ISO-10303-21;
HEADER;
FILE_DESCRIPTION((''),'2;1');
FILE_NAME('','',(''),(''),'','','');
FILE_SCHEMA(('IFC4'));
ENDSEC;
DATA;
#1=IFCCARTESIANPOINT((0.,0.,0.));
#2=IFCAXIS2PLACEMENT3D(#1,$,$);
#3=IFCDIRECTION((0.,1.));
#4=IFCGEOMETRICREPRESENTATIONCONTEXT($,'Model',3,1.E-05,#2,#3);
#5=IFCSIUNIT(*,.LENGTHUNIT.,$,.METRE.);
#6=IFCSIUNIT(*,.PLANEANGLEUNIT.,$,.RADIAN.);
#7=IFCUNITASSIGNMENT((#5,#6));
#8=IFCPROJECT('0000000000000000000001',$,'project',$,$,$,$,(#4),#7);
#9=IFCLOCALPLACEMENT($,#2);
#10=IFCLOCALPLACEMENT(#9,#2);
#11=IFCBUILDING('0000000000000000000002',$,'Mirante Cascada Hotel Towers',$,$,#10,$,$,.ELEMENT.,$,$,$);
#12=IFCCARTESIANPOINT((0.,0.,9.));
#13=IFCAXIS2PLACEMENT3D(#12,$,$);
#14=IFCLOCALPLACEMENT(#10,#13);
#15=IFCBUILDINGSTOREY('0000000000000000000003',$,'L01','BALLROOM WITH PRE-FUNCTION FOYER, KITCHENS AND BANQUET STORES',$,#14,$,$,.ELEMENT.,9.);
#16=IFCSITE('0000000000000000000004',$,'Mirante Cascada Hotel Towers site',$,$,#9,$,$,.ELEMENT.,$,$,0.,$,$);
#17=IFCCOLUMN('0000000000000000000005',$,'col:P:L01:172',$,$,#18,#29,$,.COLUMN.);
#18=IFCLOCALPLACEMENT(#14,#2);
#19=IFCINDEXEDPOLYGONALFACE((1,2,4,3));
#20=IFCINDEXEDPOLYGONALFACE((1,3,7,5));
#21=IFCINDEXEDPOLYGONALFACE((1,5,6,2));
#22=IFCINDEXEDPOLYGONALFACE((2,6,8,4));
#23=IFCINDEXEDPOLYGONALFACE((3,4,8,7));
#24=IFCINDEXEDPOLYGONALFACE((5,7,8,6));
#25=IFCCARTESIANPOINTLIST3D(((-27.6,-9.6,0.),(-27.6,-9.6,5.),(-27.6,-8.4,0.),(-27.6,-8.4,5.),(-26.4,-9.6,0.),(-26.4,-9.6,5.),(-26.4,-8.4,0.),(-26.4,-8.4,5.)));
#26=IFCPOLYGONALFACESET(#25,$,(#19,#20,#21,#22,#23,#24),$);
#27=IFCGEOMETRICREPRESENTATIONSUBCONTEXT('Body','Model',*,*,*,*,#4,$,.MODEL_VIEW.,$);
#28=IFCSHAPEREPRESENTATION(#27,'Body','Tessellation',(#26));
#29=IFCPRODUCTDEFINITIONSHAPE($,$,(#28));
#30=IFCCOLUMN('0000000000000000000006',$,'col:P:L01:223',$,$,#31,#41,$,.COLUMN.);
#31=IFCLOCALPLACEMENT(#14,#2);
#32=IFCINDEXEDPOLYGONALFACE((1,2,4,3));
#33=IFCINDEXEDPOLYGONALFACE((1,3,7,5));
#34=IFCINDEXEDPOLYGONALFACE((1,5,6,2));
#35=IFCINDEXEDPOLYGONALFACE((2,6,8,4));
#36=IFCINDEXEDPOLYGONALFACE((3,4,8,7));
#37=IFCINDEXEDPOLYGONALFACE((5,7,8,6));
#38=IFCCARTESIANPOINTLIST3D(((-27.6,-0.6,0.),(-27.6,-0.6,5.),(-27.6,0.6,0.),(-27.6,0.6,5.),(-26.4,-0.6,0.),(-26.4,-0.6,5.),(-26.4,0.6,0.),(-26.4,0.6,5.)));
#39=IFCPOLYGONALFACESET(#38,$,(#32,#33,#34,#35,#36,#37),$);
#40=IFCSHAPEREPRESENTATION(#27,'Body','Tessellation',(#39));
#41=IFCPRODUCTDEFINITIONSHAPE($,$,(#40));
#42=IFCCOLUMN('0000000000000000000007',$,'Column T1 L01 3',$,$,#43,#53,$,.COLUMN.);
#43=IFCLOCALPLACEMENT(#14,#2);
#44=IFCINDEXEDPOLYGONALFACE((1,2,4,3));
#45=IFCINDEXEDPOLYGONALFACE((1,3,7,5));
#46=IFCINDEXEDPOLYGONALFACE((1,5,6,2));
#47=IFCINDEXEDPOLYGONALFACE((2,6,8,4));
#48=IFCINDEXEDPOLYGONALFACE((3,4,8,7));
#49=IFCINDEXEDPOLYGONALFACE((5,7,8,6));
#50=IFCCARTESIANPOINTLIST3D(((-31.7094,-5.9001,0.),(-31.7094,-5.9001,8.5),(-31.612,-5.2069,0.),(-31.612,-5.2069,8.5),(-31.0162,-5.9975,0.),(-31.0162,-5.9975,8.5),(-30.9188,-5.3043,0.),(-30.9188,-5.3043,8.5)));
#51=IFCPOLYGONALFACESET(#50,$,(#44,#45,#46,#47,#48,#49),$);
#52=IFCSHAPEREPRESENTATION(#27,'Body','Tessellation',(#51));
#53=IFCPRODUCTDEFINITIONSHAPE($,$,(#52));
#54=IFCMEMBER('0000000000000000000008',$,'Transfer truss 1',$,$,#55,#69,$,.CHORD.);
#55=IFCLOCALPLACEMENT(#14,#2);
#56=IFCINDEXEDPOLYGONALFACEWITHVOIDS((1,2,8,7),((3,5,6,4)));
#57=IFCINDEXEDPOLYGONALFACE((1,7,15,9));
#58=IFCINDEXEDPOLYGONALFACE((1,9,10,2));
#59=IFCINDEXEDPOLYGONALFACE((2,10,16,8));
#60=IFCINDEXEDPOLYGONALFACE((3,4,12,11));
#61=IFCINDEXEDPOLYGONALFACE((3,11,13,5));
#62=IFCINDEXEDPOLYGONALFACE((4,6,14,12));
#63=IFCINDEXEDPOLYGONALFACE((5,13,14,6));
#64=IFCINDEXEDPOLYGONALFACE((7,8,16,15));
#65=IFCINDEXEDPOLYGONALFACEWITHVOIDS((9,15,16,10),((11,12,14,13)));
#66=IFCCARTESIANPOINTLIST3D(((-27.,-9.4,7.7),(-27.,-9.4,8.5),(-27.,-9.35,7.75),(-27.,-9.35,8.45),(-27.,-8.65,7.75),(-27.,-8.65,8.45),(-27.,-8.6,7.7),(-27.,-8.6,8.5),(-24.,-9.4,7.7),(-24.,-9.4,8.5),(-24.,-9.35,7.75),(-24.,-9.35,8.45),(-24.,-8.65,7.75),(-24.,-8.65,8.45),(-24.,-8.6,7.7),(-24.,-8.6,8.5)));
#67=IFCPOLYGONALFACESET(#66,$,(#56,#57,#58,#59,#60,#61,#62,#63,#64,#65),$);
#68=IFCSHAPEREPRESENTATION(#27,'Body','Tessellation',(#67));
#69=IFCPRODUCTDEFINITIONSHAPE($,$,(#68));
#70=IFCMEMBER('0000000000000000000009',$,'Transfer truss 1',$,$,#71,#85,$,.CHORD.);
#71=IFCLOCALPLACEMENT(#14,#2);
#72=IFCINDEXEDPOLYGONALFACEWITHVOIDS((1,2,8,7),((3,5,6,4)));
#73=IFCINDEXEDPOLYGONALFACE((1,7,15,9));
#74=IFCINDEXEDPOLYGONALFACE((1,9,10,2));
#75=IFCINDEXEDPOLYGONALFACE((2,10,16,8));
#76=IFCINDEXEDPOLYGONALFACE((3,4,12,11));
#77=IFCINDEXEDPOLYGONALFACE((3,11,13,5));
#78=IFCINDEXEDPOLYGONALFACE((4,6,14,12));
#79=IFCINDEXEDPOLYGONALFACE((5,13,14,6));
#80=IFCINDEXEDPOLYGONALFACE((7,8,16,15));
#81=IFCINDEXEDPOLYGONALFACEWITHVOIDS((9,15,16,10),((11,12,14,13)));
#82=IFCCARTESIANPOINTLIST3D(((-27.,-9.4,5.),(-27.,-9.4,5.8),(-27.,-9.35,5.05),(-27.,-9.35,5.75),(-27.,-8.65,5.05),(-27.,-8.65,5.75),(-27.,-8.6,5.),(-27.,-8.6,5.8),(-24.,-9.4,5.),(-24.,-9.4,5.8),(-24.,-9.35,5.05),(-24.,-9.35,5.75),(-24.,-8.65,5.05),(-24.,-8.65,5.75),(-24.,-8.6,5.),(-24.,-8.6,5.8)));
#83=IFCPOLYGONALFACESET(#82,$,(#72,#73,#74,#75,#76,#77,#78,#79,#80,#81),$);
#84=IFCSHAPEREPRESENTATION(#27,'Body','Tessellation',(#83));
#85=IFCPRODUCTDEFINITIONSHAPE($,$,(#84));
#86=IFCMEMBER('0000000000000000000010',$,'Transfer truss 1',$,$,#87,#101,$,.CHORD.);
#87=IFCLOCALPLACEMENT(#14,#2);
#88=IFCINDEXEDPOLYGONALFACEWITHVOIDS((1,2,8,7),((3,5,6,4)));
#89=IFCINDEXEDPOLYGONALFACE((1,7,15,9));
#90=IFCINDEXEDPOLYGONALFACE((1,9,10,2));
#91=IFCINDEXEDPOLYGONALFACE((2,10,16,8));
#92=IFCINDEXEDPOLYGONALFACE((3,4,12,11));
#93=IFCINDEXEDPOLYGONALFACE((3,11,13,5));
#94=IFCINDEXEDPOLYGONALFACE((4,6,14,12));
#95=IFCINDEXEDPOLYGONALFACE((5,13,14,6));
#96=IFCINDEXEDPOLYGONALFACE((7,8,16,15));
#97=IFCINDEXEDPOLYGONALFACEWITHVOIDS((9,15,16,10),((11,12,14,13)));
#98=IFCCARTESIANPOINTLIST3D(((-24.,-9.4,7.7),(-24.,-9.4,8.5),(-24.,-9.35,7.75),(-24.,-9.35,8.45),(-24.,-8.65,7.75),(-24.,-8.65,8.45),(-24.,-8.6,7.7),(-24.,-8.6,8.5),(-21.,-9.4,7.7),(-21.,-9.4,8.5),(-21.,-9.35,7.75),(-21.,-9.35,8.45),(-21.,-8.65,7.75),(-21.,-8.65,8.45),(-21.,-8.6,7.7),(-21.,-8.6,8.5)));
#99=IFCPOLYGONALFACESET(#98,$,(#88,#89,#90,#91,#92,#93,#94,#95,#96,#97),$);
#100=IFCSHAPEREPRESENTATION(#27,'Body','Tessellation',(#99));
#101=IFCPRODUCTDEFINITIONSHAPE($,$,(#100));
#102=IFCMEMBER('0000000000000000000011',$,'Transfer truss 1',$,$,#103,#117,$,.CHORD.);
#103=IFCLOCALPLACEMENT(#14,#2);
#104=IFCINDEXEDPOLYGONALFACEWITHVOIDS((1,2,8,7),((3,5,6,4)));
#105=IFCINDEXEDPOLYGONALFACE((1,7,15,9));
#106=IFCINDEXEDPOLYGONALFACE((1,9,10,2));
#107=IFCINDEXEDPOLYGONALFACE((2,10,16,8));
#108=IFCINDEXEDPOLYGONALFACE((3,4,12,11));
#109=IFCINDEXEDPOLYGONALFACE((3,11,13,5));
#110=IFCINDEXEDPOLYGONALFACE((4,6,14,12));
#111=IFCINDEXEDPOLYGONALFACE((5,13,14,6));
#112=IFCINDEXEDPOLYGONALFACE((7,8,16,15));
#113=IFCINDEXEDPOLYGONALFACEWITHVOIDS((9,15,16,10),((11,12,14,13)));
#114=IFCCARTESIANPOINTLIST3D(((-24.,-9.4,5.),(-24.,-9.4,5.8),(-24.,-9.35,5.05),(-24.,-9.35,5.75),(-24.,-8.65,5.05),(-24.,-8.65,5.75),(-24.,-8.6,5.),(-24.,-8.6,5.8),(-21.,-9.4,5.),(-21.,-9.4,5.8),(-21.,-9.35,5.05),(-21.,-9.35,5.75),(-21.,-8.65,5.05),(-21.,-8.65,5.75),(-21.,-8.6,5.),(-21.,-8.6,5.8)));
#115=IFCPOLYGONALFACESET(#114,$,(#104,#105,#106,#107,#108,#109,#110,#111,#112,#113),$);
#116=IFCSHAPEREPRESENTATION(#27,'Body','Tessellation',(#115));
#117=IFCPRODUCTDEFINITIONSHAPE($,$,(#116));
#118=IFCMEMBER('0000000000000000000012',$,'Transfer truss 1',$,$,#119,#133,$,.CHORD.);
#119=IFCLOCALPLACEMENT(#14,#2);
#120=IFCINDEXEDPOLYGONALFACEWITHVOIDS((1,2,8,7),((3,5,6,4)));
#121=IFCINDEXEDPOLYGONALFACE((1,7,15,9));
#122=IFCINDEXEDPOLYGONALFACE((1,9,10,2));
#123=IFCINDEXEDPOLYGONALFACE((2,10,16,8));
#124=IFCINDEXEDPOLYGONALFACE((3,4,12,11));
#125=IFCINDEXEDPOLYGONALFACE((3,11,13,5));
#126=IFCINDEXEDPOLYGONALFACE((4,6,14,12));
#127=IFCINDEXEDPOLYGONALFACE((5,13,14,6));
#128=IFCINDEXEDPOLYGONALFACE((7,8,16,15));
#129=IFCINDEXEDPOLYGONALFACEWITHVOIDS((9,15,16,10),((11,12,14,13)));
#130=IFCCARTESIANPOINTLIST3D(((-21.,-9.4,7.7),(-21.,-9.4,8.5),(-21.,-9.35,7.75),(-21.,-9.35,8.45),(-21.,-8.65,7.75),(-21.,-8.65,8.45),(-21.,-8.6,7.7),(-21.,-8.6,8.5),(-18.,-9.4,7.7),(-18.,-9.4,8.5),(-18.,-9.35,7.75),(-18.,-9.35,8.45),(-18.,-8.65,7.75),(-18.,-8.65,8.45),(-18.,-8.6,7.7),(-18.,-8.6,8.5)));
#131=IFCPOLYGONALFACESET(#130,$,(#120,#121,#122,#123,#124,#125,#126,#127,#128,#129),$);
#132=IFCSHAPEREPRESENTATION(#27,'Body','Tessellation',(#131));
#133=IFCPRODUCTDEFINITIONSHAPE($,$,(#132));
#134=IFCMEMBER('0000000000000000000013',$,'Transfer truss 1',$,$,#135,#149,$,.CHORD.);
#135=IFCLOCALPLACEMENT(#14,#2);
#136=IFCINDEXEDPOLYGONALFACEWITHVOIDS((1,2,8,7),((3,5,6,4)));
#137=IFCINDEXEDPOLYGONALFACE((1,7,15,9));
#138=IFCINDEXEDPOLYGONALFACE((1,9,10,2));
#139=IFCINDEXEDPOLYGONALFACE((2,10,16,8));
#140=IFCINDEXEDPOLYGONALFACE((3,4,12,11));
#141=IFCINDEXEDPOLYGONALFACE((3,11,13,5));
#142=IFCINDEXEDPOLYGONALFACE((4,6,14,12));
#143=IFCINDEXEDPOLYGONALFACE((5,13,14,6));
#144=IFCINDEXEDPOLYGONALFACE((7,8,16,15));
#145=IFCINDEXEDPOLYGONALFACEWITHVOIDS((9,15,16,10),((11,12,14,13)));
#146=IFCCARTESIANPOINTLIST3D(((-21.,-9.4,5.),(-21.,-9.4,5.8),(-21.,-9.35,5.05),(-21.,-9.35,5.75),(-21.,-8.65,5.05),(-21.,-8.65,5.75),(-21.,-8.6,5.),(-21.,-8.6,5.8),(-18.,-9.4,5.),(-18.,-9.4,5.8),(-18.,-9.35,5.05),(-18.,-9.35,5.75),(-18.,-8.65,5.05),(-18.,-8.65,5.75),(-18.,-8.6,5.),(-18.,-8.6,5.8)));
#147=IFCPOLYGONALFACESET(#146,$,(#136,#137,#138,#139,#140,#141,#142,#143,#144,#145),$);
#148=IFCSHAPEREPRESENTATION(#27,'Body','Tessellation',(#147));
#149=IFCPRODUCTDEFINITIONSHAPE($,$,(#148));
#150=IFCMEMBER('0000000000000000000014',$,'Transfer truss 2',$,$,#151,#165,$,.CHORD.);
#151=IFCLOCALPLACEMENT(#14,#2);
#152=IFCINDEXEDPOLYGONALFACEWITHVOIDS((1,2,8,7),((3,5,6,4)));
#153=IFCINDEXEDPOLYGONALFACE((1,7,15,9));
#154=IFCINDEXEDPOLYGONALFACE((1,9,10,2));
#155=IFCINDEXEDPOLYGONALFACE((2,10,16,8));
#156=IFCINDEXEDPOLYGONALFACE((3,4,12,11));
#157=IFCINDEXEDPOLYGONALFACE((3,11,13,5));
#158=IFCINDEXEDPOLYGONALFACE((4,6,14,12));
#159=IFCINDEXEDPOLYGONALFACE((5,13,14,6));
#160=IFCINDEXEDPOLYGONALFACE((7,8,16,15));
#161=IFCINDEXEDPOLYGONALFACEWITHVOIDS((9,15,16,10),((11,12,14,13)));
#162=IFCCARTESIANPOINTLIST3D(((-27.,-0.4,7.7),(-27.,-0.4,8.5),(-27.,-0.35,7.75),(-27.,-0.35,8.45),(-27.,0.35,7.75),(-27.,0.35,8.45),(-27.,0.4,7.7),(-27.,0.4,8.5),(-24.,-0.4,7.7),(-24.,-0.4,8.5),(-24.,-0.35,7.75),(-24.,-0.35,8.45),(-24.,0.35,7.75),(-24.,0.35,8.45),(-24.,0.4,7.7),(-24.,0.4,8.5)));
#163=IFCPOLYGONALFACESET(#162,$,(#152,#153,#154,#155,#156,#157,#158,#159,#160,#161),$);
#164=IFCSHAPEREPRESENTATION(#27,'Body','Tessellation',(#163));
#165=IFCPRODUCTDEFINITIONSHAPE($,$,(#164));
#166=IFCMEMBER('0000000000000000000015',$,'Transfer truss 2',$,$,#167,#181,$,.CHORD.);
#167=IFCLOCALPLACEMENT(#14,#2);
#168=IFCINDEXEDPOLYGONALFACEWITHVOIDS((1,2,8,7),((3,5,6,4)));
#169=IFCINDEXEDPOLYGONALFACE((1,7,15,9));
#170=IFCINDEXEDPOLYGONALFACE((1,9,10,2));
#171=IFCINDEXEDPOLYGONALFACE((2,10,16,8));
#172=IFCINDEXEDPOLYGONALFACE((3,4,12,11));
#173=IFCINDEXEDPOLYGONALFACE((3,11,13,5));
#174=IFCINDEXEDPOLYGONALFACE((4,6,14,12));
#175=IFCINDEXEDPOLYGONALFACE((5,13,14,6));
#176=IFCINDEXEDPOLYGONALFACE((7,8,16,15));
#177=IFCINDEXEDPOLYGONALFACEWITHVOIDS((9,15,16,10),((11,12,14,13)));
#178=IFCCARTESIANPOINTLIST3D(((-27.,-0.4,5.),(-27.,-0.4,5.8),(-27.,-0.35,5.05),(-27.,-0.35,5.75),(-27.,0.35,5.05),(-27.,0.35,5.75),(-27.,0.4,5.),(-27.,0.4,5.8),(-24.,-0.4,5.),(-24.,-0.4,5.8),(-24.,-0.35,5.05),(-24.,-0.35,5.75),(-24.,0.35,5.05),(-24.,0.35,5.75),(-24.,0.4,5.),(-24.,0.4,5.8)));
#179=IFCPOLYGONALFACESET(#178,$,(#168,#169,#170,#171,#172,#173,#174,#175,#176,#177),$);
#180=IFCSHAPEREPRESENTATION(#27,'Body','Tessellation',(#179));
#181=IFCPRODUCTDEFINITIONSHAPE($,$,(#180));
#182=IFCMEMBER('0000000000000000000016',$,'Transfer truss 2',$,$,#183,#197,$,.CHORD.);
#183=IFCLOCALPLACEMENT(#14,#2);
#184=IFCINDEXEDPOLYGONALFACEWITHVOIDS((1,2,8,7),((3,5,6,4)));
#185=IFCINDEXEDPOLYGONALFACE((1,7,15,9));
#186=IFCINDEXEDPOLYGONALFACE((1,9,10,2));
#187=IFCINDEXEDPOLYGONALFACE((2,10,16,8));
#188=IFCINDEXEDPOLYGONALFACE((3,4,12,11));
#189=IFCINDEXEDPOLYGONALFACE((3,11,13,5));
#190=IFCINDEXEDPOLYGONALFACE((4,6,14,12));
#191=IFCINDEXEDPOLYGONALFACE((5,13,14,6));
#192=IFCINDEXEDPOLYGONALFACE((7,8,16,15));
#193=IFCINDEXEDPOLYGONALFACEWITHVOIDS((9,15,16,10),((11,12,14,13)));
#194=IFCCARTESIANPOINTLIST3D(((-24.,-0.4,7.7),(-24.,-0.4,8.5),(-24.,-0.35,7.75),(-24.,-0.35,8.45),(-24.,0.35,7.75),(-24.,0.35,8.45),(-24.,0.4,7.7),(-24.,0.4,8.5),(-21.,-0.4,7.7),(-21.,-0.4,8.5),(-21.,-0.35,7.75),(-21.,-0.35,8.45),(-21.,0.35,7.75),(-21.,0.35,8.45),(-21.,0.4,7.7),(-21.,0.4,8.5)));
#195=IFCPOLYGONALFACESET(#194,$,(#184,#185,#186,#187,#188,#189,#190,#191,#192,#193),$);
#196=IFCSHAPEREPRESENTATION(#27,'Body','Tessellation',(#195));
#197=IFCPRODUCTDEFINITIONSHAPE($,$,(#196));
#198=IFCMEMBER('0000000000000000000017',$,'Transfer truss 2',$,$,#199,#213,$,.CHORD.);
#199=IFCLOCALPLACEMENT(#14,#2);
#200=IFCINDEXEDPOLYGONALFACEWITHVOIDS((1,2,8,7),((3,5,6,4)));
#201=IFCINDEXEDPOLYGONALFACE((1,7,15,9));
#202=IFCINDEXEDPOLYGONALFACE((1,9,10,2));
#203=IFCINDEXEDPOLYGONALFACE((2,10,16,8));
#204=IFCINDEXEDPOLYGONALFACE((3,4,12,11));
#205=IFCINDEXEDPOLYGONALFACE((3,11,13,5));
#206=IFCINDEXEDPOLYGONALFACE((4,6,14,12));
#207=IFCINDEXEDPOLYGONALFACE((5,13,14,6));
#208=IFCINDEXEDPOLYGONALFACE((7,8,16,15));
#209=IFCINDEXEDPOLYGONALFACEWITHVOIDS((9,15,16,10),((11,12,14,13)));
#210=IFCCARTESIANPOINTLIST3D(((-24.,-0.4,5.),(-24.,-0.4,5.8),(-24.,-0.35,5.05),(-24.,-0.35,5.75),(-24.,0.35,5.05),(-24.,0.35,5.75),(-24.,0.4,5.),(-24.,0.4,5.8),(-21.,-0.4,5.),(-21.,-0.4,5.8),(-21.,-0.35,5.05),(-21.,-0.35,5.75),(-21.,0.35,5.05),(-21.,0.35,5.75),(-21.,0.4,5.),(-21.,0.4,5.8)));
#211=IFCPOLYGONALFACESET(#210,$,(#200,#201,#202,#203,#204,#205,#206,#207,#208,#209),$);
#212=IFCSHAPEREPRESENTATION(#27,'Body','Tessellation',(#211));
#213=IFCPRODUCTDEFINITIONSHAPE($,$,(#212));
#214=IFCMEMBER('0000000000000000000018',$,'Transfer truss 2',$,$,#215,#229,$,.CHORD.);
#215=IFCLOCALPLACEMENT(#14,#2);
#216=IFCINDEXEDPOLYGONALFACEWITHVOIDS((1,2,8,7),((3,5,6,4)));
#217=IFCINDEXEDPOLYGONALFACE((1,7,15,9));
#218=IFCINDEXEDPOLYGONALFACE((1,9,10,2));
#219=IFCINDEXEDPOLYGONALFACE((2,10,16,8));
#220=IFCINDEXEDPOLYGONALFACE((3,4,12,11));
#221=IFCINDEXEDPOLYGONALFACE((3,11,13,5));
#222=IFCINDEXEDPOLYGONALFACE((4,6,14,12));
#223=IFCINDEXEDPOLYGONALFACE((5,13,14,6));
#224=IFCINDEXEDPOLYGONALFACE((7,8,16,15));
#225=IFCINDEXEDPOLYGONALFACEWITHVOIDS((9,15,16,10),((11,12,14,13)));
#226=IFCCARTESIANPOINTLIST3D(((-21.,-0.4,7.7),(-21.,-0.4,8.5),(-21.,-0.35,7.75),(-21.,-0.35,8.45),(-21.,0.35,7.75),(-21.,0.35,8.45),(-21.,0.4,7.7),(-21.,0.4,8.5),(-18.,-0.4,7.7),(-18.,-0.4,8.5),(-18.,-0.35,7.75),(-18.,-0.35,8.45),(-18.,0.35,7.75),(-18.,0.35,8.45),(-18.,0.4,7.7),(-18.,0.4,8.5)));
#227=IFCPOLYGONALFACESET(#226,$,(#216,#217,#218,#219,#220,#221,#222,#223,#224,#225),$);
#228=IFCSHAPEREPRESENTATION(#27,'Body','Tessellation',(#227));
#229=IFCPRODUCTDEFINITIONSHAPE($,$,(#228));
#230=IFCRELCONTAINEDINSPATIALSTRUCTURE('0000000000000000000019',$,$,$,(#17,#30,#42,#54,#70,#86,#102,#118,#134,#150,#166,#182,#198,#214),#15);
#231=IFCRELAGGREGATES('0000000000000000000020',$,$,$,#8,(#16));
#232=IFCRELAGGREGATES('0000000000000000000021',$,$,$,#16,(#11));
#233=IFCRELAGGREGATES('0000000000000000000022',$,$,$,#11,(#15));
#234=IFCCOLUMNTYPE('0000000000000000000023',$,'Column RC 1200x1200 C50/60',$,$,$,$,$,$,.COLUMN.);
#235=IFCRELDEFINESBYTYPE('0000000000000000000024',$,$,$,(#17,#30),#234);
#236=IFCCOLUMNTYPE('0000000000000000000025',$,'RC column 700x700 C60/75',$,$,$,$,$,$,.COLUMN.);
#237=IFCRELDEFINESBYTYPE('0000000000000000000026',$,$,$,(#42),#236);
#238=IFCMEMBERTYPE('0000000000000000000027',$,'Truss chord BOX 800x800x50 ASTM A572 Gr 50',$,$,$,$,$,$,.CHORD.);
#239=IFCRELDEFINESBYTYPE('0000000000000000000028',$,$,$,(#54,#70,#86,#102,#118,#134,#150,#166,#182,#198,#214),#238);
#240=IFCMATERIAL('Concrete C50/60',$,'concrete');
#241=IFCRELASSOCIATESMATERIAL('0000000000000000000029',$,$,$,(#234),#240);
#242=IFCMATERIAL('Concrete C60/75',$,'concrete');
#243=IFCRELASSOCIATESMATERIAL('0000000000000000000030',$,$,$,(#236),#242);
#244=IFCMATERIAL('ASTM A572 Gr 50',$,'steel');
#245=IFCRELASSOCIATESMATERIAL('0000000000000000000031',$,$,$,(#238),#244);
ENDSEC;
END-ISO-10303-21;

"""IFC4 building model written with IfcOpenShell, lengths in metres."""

from ifc_helpers import new_model, si_unit, direction, frame, origin, origin_2d, place, context, subcontext, project, spatial, rectangle, hollow_rectangle, extrude, material, material_profile, profile_set, type_object, element, save


model = new_model("IFC4")

# Units and contexts
model_context = context("Model", 3, precision=1e-05, world=origin(), true_north=direction((0.0, 1.0)))
body_context = subcontext(model_context, "Body", "Model", "MODEL_VIEW")
ifc_project = project(units=[si_unit("LENGTHUNIT", "METRE"), si_unit("PLANEANGLEUNIT", "RADIAN")], contexts=[model_context])

# Site, building, storey
site_placement = place(None, origin())
site = spatial("IfcSite", under=ifc_project, at=site_placement, Name="Mirante Cascada Hotel Towers site", CompositionType="ELEMENT", RefElevation=0.0)
building_placement = place(site_placement, origin())
building = spatial("IfcBuilding", under=site, at=building_placement, Name="Mirante Cascada Hotel Towers", CompositionType="ELEMENT")
storey_placement = place(building_placement, frame((0.0, 0.0, 9.0)))
storey = spatial("IfcBuildingStorey", under=building, at=storey_placement, Name="L01", Description="BALLROOM WITH PRE-FUNCTION FOYER, KITCHENS AND BANQUET STORES", CompositionType="ELEMENT", Elevation=9.0)

# Columns
ifc_material_1 = material(Name="Concrete C50/60", Category="concrete")
ifc_material_profile_1 = material_profile(ifc_material_1, rectangle(XDim=1.2, YDim=1.2, at=origin_2d()), Name="RC 1200x1200")
ifc_profile_set_1 = profile_set([ifc_material_profile_1], Name="Concrete C50/60")
column_type_1 = type_object("IfcColumnType", Name="Column RC 1200x1200 C50/60", PredefinedType="COLUMN", material=ifc_profile_set_1)
for number, where, z_axis, x_axis, name in (
    (1, (-27.0, -9.0, 0.0), (0.0, 0.0, 1.0), (1.0, 0.0, 0.0), "col:P:L01:172"),
    (2, (-27.0, 0.0, 0.0), (0.0, 0.0, 1.0), (1.0, 0.0, 0.0), "col:P:L01:223"),
):
    element("IfcColumn", number, at=place(storey_placement, frame(where, z_axis=z_axis, x_axis=x_axis)), inside=storey, type_object=column_type_1, Name=name, PredefinedType="COLUMN", context=body_context, shape_type="SweptSolid", body=[
        extrude(rectangle(XDim=1.2, YDim=1.2, at=origin_2d()), origin(), (0.0, 0.0, 1.0), 5.0),
    ])
ifc_material_2 = material(Name="Concrete C60/75", Category="concrete")
ifc_material_profile_2 = material_profile(ifc_material_2, rectangle(XDim=0.7, YDim=0.7, at=origin_2d()), Name="RC column 700x700 C60/75")
ifc_profile_set_2 = profile_set([ifc_material_profile_2], Name="Concrete C60/75")
column_type_2 = type_object("IfcColumnType", Name="RC column 700x700 C60/75", PredefinedType="COLUMN", material=ifc_profile_set_2)
column_placement = place(storey_placement, frame((-31.3141, -5.6022, 0.0), z_axis=(0.0, 0.0, 1.0), x_axis=(-0.990268, 0.139173, 0.0)))
element("IfcColumn", 3, at=column_placement, inside=storey, type_object=column_type_2, Name="Column T1 L01 3", PredefinedType="COLUMN", context=body_context, shape_type="SweptSolid", body=[
    extrude(rectangle(XDim=0.7, YDim=0.7, at=origin_2d()), origin(), (0.0, 0.0, 1.0), 8.5),
])

# Members
ifc_material_3 = material(Name="ASTM A572 Gr 50", Category="steel")
ifc_material_profile_3 = material_profile(ifc_material_3, hollow_rectangle(XDim=0.8, YDim=0.8, WallThickness=0.05, at=origin_2d()), Name="BOX 800x800x50")
ifc_profile_set_3 = profile_set([ifc_material_profile_3], Name="ASTM A572 Gr 50")
member_type_1 = type_object("IfcMemberType", Name="Truss chord BOX 800x800x50 ASTM A572 Gr 50", PredefinedType="CHORD", material=ifc_profile_set_3)
for number, where, z_axis, x_axis, name in (
    (4, (-27.0, -9.0, 8.1), (1.0, 0.0, 0.0), (0.0, 1.0, 0.0), "Transfer truss 1"),
    (5, (-27.0, -9.0, 5.4), (1.0, 0.0, 0.0), (0.0, 1.0, 0.0), "Transfer truss 1"),
    (6, (-24.0, -9.0, 8.1), (1.0, 0.0, 0.0), (0.0, 1.0, 0.0), "Transfer truss 1"),
    (7, (-24.0, -9.0, 5.4), (1.0, 0.0, 0.0), (0.0, 1.0, 0.0), "Transfer truss 1"),
    (8, (-21.0, -9.0, 8.1), (1.0, 0.0, 0.0), (0.0, 1.0, 0.0), "Transfer truss 1"),
    (9, (-21.0, -9.0, 5.4), (1.0, 0.0, 0.0), (0.0, 1.0, 0.0), "Transfer truss 1"),
    (10, (-27.0, 0.0, 8.1), (1.0, 0.0, 0.0), (0.0, 1.0, 0.0), "Transfer truss 2"),
    (11, (-27.0, 0.0, 5.4), (1.0, 0.0, 0.0), (0.0, 1.0, 0.0), "Transfer truss 2"),
    (12, (-24.0, 0.0, 8.1), (1.0, 0.0, 0.0), (0.0, 1.0, 0.0), "Transfer truss 2"),
    (13, (-24.0, 0.0, 5.4), (1.0, 0.0, 0.0), (0.0, 1.0, 0.0), "Transfer truss 2"),
    (14, (-21.0, 0.0, 8.1), (1.0, 0.0, 0.0), (0.0, 1.0, 0.0), "Transfer truss 2"),
):
    element("IfcMember", number, at=place(storey_placement, frame(where, z_axis=z_axis, x_axis=x_axis)), inside=storey, type_object=member_type_1, Name=name, PredefinedType="CHORD", context=body_context, shape_type="SweptSolid", body=[
        extrude(hollow_rectangle(XDim=0.8, YDim=0.8, WallThickness=0.05, at=origin_2d()), origin(), (0.0, 0.0, 1.0), 3.0),
    ])

save(model, "model.ifc")
